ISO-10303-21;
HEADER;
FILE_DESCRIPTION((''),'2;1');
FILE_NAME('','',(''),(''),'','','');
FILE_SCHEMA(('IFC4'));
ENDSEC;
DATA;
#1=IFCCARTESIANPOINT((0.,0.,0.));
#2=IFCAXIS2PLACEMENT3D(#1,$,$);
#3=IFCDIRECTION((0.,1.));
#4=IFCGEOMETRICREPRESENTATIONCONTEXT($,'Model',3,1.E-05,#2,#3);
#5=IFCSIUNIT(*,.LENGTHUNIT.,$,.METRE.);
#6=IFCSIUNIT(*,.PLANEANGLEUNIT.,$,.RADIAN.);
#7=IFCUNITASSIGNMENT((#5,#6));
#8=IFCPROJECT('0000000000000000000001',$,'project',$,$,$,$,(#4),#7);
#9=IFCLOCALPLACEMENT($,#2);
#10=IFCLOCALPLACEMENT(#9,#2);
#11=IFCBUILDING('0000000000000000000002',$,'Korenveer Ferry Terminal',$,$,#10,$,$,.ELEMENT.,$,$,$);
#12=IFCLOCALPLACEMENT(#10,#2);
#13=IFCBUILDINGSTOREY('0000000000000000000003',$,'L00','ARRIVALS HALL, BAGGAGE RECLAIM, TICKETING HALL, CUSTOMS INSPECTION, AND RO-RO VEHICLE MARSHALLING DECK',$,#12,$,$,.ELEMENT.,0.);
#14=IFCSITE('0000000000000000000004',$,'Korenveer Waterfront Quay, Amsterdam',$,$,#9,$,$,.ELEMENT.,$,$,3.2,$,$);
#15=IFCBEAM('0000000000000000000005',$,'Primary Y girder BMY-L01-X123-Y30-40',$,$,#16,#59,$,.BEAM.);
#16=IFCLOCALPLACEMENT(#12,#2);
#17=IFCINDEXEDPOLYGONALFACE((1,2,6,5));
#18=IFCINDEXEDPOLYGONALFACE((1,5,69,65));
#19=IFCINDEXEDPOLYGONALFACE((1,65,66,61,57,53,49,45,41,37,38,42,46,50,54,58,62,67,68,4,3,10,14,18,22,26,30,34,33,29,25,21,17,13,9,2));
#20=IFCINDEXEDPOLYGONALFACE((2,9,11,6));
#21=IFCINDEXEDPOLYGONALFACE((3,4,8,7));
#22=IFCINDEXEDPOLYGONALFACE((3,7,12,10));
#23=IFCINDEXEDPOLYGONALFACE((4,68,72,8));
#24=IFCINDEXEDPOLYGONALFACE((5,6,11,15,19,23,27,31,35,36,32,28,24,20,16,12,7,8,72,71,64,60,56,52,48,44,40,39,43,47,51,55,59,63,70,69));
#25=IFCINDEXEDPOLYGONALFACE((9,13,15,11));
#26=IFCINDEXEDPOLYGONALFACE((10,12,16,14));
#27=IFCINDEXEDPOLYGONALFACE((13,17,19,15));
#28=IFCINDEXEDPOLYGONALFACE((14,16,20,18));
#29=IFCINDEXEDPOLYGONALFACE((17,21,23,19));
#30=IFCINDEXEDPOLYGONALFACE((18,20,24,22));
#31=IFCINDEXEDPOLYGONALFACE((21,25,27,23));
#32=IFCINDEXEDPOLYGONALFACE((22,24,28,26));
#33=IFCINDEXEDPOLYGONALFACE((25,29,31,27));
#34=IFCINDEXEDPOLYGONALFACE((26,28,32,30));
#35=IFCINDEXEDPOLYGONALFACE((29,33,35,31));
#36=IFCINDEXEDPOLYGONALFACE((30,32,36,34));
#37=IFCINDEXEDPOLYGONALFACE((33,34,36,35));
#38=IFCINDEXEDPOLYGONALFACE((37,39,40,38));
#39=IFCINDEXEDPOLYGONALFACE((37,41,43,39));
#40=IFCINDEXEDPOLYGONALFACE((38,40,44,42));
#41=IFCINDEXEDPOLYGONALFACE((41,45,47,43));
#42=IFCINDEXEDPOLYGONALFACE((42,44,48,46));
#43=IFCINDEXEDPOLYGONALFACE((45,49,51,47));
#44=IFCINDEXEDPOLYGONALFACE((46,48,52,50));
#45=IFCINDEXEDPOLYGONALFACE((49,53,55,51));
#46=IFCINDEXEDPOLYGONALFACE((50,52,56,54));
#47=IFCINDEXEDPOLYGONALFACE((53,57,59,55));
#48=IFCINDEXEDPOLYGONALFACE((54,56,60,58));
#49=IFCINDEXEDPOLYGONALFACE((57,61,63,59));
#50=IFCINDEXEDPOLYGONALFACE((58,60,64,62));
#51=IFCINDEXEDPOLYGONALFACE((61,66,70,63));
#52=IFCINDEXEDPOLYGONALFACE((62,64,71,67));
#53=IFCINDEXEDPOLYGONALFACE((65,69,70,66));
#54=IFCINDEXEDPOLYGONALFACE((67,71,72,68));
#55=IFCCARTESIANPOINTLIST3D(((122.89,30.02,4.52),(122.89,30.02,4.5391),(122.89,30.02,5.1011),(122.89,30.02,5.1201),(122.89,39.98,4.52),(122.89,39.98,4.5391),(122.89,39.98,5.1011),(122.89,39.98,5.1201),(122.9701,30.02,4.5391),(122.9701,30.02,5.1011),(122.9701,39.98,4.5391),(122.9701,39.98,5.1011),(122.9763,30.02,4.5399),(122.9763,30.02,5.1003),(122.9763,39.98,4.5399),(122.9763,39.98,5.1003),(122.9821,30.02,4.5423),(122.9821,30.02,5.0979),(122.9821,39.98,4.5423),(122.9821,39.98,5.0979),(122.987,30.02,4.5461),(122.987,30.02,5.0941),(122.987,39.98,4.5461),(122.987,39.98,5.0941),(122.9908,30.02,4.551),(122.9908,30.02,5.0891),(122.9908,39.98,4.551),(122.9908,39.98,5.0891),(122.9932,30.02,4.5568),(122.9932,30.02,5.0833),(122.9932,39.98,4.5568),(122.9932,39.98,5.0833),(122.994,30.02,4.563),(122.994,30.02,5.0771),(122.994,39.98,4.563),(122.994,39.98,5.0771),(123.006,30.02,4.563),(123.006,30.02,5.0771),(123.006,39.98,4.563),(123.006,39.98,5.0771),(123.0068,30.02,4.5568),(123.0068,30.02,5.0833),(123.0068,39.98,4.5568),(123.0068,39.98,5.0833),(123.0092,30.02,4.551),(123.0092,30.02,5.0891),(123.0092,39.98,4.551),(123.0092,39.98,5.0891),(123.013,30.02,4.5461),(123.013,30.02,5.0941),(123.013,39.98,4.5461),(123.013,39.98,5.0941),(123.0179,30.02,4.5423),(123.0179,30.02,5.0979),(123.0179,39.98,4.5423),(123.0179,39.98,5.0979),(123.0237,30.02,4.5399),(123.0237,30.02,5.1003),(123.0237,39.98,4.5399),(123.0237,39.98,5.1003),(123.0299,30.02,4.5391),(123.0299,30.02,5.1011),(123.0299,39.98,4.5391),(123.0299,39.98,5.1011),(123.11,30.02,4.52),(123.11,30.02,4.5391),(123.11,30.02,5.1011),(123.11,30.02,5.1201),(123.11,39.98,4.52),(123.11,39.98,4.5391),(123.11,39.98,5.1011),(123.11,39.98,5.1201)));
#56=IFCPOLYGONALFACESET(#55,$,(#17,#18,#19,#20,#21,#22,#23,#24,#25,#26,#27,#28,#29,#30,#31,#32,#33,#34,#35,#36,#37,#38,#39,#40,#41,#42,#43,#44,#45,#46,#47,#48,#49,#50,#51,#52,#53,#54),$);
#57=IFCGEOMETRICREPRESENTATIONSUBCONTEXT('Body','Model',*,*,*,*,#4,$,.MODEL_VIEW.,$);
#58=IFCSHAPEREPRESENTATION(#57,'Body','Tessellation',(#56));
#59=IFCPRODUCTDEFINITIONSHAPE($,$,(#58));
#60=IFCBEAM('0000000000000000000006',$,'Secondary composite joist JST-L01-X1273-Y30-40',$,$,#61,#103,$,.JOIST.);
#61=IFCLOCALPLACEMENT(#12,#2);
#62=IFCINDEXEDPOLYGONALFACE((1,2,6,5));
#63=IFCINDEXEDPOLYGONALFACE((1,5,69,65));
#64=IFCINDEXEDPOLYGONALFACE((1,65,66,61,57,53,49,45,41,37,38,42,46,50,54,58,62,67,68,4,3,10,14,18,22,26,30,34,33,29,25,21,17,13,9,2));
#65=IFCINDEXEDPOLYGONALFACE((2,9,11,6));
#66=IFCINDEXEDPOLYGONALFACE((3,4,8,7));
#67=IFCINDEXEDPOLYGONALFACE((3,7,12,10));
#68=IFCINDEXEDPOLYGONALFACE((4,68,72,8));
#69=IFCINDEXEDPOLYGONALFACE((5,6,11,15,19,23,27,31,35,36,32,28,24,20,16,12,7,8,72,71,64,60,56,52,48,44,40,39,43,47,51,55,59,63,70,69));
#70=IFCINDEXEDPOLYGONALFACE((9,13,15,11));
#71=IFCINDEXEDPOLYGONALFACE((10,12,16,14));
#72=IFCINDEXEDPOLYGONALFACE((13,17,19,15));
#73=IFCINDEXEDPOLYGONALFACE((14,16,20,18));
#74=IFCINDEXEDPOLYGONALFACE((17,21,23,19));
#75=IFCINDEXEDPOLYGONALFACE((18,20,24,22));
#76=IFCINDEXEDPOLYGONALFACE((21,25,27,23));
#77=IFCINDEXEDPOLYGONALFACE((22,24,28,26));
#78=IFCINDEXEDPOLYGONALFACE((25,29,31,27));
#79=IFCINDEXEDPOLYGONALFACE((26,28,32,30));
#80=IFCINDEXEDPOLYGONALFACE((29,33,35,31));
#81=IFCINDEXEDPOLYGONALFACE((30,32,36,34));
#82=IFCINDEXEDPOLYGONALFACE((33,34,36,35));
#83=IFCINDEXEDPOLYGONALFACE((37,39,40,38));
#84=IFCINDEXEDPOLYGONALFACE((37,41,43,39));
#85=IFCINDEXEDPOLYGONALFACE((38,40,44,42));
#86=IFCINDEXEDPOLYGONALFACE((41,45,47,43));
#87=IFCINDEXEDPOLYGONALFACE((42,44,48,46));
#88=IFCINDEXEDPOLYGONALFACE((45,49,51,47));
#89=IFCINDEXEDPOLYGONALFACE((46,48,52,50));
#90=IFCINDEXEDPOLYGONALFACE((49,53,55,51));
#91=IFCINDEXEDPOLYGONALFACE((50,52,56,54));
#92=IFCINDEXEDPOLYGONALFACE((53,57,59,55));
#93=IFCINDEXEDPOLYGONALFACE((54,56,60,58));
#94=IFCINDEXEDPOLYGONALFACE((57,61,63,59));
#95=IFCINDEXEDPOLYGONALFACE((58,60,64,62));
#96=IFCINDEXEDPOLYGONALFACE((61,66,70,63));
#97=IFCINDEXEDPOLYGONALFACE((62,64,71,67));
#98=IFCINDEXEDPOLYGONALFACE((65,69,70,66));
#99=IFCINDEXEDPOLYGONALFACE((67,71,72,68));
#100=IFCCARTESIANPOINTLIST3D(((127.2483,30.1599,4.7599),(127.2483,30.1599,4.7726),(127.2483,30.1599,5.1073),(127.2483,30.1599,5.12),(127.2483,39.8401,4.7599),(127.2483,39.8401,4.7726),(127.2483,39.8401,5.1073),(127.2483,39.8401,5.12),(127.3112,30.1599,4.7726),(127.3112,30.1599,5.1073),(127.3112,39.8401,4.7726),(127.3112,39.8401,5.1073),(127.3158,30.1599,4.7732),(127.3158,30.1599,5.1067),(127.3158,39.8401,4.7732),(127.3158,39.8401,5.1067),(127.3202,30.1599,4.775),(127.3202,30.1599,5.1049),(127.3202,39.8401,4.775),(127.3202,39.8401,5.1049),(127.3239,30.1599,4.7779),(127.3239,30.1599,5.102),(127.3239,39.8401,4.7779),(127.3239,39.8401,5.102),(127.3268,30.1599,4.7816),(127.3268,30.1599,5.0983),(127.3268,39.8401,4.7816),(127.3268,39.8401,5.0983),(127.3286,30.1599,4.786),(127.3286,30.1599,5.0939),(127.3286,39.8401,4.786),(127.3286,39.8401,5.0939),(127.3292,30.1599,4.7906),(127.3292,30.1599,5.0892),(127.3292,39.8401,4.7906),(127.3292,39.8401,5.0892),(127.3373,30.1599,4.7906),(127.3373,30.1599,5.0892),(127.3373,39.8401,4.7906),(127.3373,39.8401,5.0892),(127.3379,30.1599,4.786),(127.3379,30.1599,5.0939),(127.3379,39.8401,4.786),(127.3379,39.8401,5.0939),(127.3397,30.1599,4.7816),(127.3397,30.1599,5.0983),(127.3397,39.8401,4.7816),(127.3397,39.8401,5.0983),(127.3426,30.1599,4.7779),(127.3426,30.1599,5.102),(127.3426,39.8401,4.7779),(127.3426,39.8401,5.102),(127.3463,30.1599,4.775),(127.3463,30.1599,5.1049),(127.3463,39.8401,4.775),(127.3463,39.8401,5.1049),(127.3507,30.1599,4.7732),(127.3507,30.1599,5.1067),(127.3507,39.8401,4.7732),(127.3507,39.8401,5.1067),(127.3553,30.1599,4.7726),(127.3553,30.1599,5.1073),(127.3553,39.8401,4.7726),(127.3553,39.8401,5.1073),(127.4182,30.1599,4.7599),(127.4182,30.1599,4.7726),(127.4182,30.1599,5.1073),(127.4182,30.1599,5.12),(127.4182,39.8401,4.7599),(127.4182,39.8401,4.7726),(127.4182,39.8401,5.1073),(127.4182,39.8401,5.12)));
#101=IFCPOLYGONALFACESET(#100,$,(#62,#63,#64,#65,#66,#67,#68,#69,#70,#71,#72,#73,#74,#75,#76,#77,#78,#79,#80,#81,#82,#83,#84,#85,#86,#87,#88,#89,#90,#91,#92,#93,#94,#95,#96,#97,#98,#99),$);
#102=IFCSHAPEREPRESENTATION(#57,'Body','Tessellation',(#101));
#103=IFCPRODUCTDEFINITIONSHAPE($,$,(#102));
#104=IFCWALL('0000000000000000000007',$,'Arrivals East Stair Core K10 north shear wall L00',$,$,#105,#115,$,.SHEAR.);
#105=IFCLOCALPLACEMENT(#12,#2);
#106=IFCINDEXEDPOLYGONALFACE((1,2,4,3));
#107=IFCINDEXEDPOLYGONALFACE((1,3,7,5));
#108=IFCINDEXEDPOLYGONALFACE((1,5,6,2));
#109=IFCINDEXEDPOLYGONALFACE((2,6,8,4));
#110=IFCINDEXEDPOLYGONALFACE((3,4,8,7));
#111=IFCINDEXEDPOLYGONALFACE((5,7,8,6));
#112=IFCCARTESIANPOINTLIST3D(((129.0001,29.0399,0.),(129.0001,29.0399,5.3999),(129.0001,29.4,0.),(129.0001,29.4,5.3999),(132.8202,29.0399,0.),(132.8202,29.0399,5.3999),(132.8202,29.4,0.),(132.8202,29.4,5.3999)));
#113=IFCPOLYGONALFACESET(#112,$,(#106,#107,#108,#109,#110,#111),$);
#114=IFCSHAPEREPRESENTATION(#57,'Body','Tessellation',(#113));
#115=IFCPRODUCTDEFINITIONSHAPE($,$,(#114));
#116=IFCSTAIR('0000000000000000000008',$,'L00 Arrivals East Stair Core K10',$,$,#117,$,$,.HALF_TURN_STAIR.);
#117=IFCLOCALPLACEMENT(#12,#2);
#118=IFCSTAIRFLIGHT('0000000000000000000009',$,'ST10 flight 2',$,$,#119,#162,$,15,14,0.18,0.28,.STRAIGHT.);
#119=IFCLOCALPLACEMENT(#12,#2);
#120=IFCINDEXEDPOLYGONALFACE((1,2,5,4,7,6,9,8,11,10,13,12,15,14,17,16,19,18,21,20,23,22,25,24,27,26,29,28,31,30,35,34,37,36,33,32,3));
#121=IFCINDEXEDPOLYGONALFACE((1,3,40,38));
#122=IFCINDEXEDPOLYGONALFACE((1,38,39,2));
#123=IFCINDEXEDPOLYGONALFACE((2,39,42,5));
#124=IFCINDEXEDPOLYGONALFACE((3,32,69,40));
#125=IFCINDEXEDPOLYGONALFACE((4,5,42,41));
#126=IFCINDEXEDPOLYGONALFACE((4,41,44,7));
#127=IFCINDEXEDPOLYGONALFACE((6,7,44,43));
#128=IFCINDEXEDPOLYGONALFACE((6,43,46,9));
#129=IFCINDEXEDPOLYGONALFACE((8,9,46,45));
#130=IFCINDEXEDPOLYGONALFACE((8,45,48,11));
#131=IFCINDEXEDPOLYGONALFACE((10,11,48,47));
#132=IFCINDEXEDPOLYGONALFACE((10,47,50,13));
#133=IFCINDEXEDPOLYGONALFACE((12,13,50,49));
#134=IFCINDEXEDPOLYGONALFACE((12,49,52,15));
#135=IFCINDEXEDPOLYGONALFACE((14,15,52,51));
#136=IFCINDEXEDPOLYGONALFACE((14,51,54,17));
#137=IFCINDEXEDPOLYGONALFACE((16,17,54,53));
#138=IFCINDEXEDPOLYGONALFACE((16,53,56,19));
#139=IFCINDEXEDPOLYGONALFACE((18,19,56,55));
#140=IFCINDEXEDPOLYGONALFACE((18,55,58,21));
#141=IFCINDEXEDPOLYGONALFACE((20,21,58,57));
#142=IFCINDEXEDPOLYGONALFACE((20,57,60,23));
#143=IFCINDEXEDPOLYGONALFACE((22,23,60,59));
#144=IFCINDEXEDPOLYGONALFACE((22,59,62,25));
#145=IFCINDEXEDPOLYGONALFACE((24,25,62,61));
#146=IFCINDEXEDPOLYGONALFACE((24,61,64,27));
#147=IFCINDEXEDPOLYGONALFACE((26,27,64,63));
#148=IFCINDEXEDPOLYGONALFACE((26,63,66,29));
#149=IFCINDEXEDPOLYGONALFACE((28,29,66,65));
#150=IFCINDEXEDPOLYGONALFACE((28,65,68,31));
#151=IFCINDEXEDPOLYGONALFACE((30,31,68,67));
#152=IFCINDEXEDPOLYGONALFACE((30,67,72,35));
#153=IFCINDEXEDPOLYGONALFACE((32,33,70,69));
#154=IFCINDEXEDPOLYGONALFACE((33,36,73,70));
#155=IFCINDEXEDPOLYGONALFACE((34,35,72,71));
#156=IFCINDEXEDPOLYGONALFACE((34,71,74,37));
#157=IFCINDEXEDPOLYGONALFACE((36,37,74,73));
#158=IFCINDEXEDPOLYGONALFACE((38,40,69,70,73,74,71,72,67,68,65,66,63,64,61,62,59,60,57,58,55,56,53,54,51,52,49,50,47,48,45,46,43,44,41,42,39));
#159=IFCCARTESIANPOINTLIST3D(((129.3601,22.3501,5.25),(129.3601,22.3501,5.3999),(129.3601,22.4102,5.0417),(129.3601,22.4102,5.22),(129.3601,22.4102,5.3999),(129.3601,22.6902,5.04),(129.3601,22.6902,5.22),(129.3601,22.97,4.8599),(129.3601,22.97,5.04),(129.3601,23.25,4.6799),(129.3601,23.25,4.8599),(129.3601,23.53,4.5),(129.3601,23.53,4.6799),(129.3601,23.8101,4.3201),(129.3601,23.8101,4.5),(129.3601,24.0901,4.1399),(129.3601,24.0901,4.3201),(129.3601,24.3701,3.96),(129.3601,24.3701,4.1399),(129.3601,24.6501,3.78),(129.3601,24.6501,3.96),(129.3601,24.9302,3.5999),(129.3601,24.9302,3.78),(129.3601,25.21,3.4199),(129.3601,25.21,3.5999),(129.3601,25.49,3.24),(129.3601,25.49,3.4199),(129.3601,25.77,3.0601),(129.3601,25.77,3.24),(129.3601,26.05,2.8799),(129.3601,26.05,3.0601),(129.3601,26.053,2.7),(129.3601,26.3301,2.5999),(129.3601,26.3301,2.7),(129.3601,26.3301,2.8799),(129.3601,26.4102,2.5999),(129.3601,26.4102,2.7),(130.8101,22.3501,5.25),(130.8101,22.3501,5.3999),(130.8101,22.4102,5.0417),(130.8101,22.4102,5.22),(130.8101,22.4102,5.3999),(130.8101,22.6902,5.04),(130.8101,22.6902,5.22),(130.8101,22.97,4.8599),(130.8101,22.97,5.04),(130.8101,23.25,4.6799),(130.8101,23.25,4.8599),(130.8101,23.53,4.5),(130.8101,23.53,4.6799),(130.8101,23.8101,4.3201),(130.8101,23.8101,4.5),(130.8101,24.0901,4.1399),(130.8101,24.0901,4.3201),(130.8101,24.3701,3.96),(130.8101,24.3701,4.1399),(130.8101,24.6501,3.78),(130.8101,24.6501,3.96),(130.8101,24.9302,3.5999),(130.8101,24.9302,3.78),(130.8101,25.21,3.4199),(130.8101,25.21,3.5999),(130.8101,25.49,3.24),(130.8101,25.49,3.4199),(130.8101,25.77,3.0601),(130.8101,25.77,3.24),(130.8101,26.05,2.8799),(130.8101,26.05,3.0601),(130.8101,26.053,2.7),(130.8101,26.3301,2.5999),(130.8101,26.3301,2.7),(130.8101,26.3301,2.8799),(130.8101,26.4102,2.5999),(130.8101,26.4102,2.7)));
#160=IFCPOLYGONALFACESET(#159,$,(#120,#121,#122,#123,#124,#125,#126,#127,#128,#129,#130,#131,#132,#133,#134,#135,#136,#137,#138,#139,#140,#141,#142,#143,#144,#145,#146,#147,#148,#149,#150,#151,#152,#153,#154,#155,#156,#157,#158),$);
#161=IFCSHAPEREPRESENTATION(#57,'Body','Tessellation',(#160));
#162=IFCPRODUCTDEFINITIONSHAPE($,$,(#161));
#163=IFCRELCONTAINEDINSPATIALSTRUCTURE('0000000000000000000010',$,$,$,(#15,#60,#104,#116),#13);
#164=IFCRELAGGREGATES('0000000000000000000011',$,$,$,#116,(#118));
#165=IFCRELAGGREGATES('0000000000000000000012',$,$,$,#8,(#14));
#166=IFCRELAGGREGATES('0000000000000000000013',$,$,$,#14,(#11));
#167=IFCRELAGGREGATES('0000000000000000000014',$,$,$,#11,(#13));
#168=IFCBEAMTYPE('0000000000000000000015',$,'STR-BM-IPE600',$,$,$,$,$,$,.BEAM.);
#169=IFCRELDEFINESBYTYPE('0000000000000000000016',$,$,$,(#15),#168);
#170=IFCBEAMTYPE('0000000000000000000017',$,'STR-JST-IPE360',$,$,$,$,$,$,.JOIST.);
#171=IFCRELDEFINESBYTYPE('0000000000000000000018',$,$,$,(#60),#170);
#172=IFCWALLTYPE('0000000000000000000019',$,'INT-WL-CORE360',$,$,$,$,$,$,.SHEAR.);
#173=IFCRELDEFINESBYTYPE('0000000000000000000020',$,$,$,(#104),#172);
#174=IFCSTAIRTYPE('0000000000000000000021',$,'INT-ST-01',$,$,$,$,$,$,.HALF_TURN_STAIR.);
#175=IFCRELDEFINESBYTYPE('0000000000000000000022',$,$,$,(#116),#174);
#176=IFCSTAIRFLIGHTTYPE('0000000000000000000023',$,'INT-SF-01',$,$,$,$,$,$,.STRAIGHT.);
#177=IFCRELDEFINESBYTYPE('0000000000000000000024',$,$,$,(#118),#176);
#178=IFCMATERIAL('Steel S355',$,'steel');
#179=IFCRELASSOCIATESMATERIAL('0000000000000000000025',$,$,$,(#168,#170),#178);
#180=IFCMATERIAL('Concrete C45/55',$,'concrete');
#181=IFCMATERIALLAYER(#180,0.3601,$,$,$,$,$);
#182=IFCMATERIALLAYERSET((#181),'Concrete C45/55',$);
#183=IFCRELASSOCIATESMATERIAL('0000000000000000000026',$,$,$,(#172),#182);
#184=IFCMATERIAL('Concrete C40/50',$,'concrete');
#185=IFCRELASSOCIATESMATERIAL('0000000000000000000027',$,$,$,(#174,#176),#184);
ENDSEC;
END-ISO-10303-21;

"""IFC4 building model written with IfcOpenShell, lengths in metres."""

from ifc_helpers import new_model, si_unit, direction, frame, frame_2d, origin, origin_2d, place, context, subcontext, project, spatial, polyline, rectangle, i_section, outline, extrude, material, layer, layer_set, material_profile, profile_set, type_object, element, aggregate, save


model = new_model("IFC4")

# Units and contexts
model_context = context("Model", 3, precision=1e-05, world=origin(), true_north=direction((0.0, 1.0)))
body_context = subcontext(model_context, "Body", "Model", "MODEL_VIEW")
ifc_project = project(units=[si_unit("LENGTHUNIT", "METRE"), si_unit("PLANEANGLEUNIT", "RADIAN")], contexts=[model_context])

# Site, building, storey
site_placement = place(None, origin())
site = spatial("IfcSite", under=ifc_project, at=site_placement, Name="Korenveer Waterfront Quay, Amsterdam", CompositionType="ELEMENT", RefElevation=3.2)
building_placement = place(site_placement, origin())
building = spatial("IfcBuilding", under=site, at=building_placement, Name="Korenveer Ferry Terminal", CompositionType="ELEMENT")
storey_placement = place(building_placement, origin())
storey = spatial("IfcBuildingStorey", under=building, at=storey_placement, Name="L00", Description="ARRIVALS HALL, BAGGAGE RECLAIM, TICKETING HALL, CUSTOMS INSPECTION, AND RO-RO VEHICLE MARSHALLING DECK", CompositionType="ELEMENT", Elevation=0.0)

# Shared definitions
ifc_material_1 = material(Name="Concrete C40/50", Category="concrete")
ifc_material_2 = material(Name="Concrete C45/55", Category="concrete")

# Beams
ifc_material_3 = material(Name="Steel S355", Category="steel")
ifc_material_profile_1 = material_profile(ifc_material_3, i_section(OverallWidth=0.22, OverallDepth=0.6001, WebThickness=0.012, FlangeThickness=0.019, FilletRadius=0.0239, at=origin_2d()), Name="IPE 600")
ifc_profile_set_1 = profile_set([ifc_material_profile_1], Name="Steel S355")
beam_type_1 = type_object("IfcBeamType", Name="STR-BM-IPE600", PredefinedType="BEAM", material=ifc_profile_set_1)
beam_1_placement = place(storey_placement, frame((123.0, 30.02, 4.8201), z_axis=(0.0, 1.0, 0.0), x_axis=(-1.0, 0.0, 0.0)))
element("IfcBeam", 1, at=beam_1_placement, inside=storey, type_object=beam_type_1, Name="Primary Y girder BMY-L01-X123-Y30-40", PredefinedType="BEAM", context=body_context, shape_type="SweptSolid", body=[
    extrude(i_section(OverallWidth=0.22, OverallDepth=0.6001, WebThickness=0.012, FlangeThickness=0.019, FilletRadius=0.0239, at=origin_2d()), origin(), (0.0, 0.0, 1.0), 9.96),
])
ifc_material_profile_2 = material_profile(ifc_material_3, i_section(OverallWidth=0.1699, OverallDepth=0.3601, WebThickness=0.0081, FlangeThickness=0.0127, FilletRadius=0.0181, at=origin_2d()), Name="IPE 360")
ifc_profile_set_2 = profile_set([ifc_material_profile_2], Name="Steel S355")
beam_type_2 = type_object("IfcBeamType", Name="STR-JST-IPE360", PredefinedType="JOIST", material=ifc_profile_set_2)
beam_2_placement = place(storey_placement, frame((127.3333, 30.1599, 4.9399), z_axis=(0.0, 1.0, 0.0), x_axis=(-1.0, 0.0, 0.0)))
element("IfcBeam", 2, at=beam_2_placement, inside=storey, type_object=beam_type_2, Name="Secondary composite joist JST-L01-X1273-Y30-40", PredefinedType="JOIST", context=body_context, shape_type="SweptSolid", body=[
    extrude(i_section(OverallWidth=0.1699, OverallDepth=0.3601, WebThickness=0.0081, FlangeThickness=0.0127, FilletRadius=0.0181, at=origin_2d()), origin(), (0.0, 0.0, 1.0), 9.6802),
])

# Wall
ifc_layer = layer(ifc_material_2, 0.3601)
ifc_layer_set = layer_set([ifc_layer], Name="Concrete C45/55")
wall_type = type_object("IfcWallType", Name="INT-WL-CORE360", PredefinedType="SHEAR", material=ifc_layer_set)
wall_placement = place(storey_placement, frame((129.0, 29.22, 0.0), z_axis=(0.0, 0.0, 1.0), x_axis=(1.0, 0.0, 0.0)))
element("IfcWall", 3, at=wall_placement, inside=storey, type_object=wall_type, Name="Arrivals East Stair Core K10 north shear wall L00", PredefinedType="SHEAR", context=body_context, shape_type="SweptSolid", body=[
    extrude(rectangle(XDim=3.8201, YDim=0.3601, at=frame_2d((1.9102, 0.0))), origin(), (0.0, 0.0, 1.0), 5.3999),
])

# Stair, stair flight
stair_type = type_object("IfcStairType", Name="INT-ST-01", PredefinedType="HALF_TURN_STAIR", material=ifc_material_1)
stair_placement = place(storey_placement, frame((131.7351, 22.4099, 0.0)))
stair = element("IfcStair", 4, at=stair_placement, inside=storey, type_object=stair_type, Name="L00 Arrivals East Stair Core K10", PredefinedType="HALF_TURN_STAIR")
stair_flight_type = type_object("IfcStairFlightType", Name="INT-SF-01", PredefinedType="STRAIGHT", material=ifc_material_1)
stair_flight_placement = place(storey_placement, frame((130.085, 26.3301, 2.7), z_axis=(0.0, 0.0, 1.0), x_axis=(0.0, -1.0, 0.0)))
stair_flight = element("IfcStairFlight", 5, at=stair_flight_placement, type_object=stair_flight_type, Name="ST10 flight 2", NumberOfRisers=15, NumberOfTreads=14, PredefinedType="STRAIGHT", RiserHeight=0.18, TreadLength=0.28, context=body_context, shape_type="SweptSolid", body=[
    extrude(outline(polyline([(-0.0801, 0.0), (0.0, 0.0), (0.0, 0.1799), (0.28, 0.1799), (0.28, 0.3601), (0.5601, 0.3601), (0.5601, 0.54), (0.8401, 0.54), (0.8401, 0.72), (1.1201, 0.72), (1.1201, 0.8999), (1.3999, 0.8999), (1.3999, 1.0801), (1.6799, 1.0801), (1.6799, 1.26), (1.96, 1.26), (1.96, 1.4399), (2.24, 1.4399), (2.24, 1.6201), (2.52, 1.6201), (2.52, 1.8), (2.8, 1.8), (2.8, 1.98), (3.0801, 1.98), (3.0801, 2.1599), (3.3601, 2.1599), (3.3601, 2.3401), (3.6399, 2.3401), (3.6399, 2.52), (3.9199, 2.52), (3.9199, 2.7), (3.98, 2.7), (3.98, 2.55), (3.9199, 2.3418), (0.2771, 0.0), (0.0, -0.1001), (-0.0801, -0.1001), (-0.0801, 0.0)])), frame((0.0, 0.7251, 0.0), z_axis=(0.0, -1.0, 0.0), x_axis=(1.0, 0.0, 0.0)), (0.0, 0.0, 1.0), 1.45),
])
aggregate(stair, [stair_flight])

save(model, "model.ifc")
